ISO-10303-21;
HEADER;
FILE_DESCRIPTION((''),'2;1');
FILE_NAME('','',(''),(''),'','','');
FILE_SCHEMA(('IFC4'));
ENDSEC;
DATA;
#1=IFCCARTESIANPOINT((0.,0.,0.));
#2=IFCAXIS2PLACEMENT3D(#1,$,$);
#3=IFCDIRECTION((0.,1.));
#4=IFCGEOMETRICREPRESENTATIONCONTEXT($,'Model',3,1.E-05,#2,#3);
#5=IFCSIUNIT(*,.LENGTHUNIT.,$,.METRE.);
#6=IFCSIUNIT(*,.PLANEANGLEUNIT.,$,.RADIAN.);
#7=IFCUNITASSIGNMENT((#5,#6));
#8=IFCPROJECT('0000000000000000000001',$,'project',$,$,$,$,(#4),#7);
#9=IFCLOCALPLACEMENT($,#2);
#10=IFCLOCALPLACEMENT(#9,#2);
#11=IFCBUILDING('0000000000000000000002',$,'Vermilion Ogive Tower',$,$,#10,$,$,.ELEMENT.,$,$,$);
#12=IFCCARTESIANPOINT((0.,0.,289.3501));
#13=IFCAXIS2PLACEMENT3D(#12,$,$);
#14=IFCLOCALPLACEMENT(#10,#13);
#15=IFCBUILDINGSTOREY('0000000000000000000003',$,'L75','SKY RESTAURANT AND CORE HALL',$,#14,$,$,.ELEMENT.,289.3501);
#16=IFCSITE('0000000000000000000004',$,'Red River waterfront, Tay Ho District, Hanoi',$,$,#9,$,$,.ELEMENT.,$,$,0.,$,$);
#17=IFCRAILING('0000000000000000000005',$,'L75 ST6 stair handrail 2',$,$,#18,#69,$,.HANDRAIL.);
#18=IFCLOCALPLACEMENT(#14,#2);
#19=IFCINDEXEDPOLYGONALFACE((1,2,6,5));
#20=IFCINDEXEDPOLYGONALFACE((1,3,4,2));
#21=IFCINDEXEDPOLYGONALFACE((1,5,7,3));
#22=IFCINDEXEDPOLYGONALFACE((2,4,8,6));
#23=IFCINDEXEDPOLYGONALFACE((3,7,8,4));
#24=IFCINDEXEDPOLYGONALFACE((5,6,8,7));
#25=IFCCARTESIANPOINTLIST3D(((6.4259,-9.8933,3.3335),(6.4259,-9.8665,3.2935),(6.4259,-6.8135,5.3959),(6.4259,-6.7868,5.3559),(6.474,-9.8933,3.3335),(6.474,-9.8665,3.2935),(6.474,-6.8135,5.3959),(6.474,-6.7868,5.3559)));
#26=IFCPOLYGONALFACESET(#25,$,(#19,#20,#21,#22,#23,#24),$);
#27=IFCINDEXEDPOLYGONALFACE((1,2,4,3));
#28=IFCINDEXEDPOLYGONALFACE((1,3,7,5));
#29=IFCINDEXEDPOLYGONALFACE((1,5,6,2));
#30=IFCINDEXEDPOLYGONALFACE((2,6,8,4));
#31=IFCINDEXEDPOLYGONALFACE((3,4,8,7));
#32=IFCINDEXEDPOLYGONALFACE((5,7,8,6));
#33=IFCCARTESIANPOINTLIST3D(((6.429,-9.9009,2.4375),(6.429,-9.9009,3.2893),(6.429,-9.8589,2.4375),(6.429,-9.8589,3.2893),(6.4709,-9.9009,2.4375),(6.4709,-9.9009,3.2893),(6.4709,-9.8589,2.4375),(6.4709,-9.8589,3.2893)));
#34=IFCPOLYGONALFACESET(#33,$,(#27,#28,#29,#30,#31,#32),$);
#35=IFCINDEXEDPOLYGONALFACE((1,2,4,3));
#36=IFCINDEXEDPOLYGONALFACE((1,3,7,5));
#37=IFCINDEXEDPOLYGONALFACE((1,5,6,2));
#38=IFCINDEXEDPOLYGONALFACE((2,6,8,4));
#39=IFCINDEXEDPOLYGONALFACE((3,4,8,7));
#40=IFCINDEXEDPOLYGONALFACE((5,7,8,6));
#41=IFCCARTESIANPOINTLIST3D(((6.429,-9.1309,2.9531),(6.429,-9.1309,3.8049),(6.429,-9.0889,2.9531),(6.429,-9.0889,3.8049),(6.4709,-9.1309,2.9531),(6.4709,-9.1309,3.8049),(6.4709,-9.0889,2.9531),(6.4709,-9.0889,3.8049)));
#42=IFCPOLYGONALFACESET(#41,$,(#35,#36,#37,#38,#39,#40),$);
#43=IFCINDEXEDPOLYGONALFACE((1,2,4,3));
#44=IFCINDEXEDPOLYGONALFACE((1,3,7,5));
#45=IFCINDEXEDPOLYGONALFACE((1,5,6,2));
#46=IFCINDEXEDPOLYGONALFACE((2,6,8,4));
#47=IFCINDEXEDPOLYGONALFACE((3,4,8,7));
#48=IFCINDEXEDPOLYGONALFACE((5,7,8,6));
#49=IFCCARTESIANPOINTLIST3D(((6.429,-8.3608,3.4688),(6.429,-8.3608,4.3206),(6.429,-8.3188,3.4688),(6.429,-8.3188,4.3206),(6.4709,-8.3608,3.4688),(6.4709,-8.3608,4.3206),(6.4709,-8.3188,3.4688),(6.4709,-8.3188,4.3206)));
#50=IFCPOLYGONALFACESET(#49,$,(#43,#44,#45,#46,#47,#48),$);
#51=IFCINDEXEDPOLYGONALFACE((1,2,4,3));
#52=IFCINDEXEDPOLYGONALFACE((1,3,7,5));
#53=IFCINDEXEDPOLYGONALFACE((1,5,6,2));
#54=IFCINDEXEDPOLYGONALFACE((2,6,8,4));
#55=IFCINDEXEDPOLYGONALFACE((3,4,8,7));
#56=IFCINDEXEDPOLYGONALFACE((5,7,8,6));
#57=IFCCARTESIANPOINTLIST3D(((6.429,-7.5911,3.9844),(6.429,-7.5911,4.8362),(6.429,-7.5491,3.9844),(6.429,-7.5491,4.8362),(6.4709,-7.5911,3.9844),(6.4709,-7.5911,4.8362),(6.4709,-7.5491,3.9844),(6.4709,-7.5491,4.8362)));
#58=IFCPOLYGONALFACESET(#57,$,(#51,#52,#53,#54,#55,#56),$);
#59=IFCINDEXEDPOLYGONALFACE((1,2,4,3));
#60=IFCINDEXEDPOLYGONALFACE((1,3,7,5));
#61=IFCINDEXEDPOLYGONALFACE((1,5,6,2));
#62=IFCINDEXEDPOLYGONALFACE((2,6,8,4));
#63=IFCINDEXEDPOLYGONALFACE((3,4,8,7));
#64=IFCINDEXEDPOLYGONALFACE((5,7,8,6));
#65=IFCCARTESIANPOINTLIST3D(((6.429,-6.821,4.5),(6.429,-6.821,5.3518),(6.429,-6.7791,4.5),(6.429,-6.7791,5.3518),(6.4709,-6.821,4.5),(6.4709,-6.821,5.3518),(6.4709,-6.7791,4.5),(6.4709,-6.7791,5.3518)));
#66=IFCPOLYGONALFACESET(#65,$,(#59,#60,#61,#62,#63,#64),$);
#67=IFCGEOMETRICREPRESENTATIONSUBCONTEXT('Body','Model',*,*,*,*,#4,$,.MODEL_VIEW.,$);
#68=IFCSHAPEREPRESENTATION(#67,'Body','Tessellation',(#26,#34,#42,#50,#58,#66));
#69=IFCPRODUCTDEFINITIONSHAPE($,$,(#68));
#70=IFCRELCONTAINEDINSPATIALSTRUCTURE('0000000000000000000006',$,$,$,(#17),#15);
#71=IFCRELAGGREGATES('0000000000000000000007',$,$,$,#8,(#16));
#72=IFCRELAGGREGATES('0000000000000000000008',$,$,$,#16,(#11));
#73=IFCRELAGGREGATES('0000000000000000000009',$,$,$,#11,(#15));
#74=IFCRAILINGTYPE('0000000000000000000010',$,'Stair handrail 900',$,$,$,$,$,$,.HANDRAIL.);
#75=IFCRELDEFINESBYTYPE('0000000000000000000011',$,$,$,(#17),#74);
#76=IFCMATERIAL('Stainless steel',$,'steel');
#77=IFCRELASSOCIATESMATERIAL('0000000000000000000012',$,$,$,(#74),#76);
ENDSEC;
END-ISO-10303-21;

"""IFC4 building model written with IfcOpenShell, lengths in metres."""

from ifc_helpers import new_model, si_unit, direction, frame, origin, origin_2d, place, context, subcontext, project, spatial, rectangle, extrude, material, type_object, element, save


model = new_model("IFC4")

# Units and contexts
model_context = context("Model", 3, precision=1e-05, world=origin(), true_north=direction((0.0, 1.0)))
body_context = subcontext(model_context, "Body", "Model", "MODEL_VIEW")
ifc_project = project(units=[si_unit("LENGTHUNIT", "METRE"), si_unit("PLANEANGLEUNIT", "RADIAN")], contexts=[model_context])

# Site, building, storey
site_placement = place(None, origin())
site = spatial("IfcSite", under=ifc_project, at=site_placement, Name="Red River waterfront, Tay Ho District, Hanoi", CompositionType="ELEMENT", RefElevation=0.0)
building_placement = place(site_placement, origin())
building = spatial("IfcBuilding", under=site, at=building_placement, Name="Vermilion Ogive Tower", CompositionType="ELEMENT")
storey_placement = place(building_placement, frame((0.0, 0.0, 289.3501)))
storey = spatial("IfcBuildingStorey", under=building, at=storey_placement, Name="L75", Description="SKY RESTAURANT AND CORE HALL", CompositionType="ELEMENT", Elevation=289.3501)

# Railing
ifc_material_1 = material(Name="Stainless steel", Category="steel")
railing_type_1 = type_object("IfcRailingType", Name="Stair handrail 900", PredefinedType="HANDRAIL", material=ifc_material_1)
railing_1_placement = place(storey_placement, frame((6.45, -9.8799, 2.4375)))
element("IfcRailing", 1, at=railing_1_placement, inside=storey, type_object=railing_type_1, Name="L75 ST6 stair handrail 2", PredefinedType="HANDRAIL", context=body_context, shape_type="SweptSolid", body=[
    extrude(rectangle(XDim=0.0481, YDim=0.0481, at=origin_2d()), frame((0.0, 0.0, 0.876), z_axis=(0.0, 0.830893, 0.556432), x_axis=(-1.0, 0.0, 0.0)), (0.0, 0.0, 1.0), 3.7065),
    extrude(rectangle(XDim=0.042, YDim=0.042, at=origin_2d()), origin(), (0.0, 0.0, 1.0), 0.8518),
    extrude(rectangle(XDim=0.042, YDim=0.042, at=origin_2d()), frame((0.0, 0.77, 0.5156)), (0.0, 0.0, 1.0), 0.8518),
    extrude(rectangle(XDim=0.042, YDim=0.042, at=origin_2d()), frame((0.0, 1.54, 1.0312)), (0.0, 0.0, 1.0), 0.8518),
    extrude(rectangle(XDim=0.042, YDim=0.042, at=origin_2d()), frame((0.0, 2.3098, 1.5469)), (0.0, 0.0, 1.0), 0.8518),
    extrude(rectangle(XDim=0.042, YDim=0.042, at=origin_2d()), frame((0.0, 3.0798, 2.0625)), (0.0, 0.0, 1.0), 0.8518),
])

save(model, "model.ifc")
